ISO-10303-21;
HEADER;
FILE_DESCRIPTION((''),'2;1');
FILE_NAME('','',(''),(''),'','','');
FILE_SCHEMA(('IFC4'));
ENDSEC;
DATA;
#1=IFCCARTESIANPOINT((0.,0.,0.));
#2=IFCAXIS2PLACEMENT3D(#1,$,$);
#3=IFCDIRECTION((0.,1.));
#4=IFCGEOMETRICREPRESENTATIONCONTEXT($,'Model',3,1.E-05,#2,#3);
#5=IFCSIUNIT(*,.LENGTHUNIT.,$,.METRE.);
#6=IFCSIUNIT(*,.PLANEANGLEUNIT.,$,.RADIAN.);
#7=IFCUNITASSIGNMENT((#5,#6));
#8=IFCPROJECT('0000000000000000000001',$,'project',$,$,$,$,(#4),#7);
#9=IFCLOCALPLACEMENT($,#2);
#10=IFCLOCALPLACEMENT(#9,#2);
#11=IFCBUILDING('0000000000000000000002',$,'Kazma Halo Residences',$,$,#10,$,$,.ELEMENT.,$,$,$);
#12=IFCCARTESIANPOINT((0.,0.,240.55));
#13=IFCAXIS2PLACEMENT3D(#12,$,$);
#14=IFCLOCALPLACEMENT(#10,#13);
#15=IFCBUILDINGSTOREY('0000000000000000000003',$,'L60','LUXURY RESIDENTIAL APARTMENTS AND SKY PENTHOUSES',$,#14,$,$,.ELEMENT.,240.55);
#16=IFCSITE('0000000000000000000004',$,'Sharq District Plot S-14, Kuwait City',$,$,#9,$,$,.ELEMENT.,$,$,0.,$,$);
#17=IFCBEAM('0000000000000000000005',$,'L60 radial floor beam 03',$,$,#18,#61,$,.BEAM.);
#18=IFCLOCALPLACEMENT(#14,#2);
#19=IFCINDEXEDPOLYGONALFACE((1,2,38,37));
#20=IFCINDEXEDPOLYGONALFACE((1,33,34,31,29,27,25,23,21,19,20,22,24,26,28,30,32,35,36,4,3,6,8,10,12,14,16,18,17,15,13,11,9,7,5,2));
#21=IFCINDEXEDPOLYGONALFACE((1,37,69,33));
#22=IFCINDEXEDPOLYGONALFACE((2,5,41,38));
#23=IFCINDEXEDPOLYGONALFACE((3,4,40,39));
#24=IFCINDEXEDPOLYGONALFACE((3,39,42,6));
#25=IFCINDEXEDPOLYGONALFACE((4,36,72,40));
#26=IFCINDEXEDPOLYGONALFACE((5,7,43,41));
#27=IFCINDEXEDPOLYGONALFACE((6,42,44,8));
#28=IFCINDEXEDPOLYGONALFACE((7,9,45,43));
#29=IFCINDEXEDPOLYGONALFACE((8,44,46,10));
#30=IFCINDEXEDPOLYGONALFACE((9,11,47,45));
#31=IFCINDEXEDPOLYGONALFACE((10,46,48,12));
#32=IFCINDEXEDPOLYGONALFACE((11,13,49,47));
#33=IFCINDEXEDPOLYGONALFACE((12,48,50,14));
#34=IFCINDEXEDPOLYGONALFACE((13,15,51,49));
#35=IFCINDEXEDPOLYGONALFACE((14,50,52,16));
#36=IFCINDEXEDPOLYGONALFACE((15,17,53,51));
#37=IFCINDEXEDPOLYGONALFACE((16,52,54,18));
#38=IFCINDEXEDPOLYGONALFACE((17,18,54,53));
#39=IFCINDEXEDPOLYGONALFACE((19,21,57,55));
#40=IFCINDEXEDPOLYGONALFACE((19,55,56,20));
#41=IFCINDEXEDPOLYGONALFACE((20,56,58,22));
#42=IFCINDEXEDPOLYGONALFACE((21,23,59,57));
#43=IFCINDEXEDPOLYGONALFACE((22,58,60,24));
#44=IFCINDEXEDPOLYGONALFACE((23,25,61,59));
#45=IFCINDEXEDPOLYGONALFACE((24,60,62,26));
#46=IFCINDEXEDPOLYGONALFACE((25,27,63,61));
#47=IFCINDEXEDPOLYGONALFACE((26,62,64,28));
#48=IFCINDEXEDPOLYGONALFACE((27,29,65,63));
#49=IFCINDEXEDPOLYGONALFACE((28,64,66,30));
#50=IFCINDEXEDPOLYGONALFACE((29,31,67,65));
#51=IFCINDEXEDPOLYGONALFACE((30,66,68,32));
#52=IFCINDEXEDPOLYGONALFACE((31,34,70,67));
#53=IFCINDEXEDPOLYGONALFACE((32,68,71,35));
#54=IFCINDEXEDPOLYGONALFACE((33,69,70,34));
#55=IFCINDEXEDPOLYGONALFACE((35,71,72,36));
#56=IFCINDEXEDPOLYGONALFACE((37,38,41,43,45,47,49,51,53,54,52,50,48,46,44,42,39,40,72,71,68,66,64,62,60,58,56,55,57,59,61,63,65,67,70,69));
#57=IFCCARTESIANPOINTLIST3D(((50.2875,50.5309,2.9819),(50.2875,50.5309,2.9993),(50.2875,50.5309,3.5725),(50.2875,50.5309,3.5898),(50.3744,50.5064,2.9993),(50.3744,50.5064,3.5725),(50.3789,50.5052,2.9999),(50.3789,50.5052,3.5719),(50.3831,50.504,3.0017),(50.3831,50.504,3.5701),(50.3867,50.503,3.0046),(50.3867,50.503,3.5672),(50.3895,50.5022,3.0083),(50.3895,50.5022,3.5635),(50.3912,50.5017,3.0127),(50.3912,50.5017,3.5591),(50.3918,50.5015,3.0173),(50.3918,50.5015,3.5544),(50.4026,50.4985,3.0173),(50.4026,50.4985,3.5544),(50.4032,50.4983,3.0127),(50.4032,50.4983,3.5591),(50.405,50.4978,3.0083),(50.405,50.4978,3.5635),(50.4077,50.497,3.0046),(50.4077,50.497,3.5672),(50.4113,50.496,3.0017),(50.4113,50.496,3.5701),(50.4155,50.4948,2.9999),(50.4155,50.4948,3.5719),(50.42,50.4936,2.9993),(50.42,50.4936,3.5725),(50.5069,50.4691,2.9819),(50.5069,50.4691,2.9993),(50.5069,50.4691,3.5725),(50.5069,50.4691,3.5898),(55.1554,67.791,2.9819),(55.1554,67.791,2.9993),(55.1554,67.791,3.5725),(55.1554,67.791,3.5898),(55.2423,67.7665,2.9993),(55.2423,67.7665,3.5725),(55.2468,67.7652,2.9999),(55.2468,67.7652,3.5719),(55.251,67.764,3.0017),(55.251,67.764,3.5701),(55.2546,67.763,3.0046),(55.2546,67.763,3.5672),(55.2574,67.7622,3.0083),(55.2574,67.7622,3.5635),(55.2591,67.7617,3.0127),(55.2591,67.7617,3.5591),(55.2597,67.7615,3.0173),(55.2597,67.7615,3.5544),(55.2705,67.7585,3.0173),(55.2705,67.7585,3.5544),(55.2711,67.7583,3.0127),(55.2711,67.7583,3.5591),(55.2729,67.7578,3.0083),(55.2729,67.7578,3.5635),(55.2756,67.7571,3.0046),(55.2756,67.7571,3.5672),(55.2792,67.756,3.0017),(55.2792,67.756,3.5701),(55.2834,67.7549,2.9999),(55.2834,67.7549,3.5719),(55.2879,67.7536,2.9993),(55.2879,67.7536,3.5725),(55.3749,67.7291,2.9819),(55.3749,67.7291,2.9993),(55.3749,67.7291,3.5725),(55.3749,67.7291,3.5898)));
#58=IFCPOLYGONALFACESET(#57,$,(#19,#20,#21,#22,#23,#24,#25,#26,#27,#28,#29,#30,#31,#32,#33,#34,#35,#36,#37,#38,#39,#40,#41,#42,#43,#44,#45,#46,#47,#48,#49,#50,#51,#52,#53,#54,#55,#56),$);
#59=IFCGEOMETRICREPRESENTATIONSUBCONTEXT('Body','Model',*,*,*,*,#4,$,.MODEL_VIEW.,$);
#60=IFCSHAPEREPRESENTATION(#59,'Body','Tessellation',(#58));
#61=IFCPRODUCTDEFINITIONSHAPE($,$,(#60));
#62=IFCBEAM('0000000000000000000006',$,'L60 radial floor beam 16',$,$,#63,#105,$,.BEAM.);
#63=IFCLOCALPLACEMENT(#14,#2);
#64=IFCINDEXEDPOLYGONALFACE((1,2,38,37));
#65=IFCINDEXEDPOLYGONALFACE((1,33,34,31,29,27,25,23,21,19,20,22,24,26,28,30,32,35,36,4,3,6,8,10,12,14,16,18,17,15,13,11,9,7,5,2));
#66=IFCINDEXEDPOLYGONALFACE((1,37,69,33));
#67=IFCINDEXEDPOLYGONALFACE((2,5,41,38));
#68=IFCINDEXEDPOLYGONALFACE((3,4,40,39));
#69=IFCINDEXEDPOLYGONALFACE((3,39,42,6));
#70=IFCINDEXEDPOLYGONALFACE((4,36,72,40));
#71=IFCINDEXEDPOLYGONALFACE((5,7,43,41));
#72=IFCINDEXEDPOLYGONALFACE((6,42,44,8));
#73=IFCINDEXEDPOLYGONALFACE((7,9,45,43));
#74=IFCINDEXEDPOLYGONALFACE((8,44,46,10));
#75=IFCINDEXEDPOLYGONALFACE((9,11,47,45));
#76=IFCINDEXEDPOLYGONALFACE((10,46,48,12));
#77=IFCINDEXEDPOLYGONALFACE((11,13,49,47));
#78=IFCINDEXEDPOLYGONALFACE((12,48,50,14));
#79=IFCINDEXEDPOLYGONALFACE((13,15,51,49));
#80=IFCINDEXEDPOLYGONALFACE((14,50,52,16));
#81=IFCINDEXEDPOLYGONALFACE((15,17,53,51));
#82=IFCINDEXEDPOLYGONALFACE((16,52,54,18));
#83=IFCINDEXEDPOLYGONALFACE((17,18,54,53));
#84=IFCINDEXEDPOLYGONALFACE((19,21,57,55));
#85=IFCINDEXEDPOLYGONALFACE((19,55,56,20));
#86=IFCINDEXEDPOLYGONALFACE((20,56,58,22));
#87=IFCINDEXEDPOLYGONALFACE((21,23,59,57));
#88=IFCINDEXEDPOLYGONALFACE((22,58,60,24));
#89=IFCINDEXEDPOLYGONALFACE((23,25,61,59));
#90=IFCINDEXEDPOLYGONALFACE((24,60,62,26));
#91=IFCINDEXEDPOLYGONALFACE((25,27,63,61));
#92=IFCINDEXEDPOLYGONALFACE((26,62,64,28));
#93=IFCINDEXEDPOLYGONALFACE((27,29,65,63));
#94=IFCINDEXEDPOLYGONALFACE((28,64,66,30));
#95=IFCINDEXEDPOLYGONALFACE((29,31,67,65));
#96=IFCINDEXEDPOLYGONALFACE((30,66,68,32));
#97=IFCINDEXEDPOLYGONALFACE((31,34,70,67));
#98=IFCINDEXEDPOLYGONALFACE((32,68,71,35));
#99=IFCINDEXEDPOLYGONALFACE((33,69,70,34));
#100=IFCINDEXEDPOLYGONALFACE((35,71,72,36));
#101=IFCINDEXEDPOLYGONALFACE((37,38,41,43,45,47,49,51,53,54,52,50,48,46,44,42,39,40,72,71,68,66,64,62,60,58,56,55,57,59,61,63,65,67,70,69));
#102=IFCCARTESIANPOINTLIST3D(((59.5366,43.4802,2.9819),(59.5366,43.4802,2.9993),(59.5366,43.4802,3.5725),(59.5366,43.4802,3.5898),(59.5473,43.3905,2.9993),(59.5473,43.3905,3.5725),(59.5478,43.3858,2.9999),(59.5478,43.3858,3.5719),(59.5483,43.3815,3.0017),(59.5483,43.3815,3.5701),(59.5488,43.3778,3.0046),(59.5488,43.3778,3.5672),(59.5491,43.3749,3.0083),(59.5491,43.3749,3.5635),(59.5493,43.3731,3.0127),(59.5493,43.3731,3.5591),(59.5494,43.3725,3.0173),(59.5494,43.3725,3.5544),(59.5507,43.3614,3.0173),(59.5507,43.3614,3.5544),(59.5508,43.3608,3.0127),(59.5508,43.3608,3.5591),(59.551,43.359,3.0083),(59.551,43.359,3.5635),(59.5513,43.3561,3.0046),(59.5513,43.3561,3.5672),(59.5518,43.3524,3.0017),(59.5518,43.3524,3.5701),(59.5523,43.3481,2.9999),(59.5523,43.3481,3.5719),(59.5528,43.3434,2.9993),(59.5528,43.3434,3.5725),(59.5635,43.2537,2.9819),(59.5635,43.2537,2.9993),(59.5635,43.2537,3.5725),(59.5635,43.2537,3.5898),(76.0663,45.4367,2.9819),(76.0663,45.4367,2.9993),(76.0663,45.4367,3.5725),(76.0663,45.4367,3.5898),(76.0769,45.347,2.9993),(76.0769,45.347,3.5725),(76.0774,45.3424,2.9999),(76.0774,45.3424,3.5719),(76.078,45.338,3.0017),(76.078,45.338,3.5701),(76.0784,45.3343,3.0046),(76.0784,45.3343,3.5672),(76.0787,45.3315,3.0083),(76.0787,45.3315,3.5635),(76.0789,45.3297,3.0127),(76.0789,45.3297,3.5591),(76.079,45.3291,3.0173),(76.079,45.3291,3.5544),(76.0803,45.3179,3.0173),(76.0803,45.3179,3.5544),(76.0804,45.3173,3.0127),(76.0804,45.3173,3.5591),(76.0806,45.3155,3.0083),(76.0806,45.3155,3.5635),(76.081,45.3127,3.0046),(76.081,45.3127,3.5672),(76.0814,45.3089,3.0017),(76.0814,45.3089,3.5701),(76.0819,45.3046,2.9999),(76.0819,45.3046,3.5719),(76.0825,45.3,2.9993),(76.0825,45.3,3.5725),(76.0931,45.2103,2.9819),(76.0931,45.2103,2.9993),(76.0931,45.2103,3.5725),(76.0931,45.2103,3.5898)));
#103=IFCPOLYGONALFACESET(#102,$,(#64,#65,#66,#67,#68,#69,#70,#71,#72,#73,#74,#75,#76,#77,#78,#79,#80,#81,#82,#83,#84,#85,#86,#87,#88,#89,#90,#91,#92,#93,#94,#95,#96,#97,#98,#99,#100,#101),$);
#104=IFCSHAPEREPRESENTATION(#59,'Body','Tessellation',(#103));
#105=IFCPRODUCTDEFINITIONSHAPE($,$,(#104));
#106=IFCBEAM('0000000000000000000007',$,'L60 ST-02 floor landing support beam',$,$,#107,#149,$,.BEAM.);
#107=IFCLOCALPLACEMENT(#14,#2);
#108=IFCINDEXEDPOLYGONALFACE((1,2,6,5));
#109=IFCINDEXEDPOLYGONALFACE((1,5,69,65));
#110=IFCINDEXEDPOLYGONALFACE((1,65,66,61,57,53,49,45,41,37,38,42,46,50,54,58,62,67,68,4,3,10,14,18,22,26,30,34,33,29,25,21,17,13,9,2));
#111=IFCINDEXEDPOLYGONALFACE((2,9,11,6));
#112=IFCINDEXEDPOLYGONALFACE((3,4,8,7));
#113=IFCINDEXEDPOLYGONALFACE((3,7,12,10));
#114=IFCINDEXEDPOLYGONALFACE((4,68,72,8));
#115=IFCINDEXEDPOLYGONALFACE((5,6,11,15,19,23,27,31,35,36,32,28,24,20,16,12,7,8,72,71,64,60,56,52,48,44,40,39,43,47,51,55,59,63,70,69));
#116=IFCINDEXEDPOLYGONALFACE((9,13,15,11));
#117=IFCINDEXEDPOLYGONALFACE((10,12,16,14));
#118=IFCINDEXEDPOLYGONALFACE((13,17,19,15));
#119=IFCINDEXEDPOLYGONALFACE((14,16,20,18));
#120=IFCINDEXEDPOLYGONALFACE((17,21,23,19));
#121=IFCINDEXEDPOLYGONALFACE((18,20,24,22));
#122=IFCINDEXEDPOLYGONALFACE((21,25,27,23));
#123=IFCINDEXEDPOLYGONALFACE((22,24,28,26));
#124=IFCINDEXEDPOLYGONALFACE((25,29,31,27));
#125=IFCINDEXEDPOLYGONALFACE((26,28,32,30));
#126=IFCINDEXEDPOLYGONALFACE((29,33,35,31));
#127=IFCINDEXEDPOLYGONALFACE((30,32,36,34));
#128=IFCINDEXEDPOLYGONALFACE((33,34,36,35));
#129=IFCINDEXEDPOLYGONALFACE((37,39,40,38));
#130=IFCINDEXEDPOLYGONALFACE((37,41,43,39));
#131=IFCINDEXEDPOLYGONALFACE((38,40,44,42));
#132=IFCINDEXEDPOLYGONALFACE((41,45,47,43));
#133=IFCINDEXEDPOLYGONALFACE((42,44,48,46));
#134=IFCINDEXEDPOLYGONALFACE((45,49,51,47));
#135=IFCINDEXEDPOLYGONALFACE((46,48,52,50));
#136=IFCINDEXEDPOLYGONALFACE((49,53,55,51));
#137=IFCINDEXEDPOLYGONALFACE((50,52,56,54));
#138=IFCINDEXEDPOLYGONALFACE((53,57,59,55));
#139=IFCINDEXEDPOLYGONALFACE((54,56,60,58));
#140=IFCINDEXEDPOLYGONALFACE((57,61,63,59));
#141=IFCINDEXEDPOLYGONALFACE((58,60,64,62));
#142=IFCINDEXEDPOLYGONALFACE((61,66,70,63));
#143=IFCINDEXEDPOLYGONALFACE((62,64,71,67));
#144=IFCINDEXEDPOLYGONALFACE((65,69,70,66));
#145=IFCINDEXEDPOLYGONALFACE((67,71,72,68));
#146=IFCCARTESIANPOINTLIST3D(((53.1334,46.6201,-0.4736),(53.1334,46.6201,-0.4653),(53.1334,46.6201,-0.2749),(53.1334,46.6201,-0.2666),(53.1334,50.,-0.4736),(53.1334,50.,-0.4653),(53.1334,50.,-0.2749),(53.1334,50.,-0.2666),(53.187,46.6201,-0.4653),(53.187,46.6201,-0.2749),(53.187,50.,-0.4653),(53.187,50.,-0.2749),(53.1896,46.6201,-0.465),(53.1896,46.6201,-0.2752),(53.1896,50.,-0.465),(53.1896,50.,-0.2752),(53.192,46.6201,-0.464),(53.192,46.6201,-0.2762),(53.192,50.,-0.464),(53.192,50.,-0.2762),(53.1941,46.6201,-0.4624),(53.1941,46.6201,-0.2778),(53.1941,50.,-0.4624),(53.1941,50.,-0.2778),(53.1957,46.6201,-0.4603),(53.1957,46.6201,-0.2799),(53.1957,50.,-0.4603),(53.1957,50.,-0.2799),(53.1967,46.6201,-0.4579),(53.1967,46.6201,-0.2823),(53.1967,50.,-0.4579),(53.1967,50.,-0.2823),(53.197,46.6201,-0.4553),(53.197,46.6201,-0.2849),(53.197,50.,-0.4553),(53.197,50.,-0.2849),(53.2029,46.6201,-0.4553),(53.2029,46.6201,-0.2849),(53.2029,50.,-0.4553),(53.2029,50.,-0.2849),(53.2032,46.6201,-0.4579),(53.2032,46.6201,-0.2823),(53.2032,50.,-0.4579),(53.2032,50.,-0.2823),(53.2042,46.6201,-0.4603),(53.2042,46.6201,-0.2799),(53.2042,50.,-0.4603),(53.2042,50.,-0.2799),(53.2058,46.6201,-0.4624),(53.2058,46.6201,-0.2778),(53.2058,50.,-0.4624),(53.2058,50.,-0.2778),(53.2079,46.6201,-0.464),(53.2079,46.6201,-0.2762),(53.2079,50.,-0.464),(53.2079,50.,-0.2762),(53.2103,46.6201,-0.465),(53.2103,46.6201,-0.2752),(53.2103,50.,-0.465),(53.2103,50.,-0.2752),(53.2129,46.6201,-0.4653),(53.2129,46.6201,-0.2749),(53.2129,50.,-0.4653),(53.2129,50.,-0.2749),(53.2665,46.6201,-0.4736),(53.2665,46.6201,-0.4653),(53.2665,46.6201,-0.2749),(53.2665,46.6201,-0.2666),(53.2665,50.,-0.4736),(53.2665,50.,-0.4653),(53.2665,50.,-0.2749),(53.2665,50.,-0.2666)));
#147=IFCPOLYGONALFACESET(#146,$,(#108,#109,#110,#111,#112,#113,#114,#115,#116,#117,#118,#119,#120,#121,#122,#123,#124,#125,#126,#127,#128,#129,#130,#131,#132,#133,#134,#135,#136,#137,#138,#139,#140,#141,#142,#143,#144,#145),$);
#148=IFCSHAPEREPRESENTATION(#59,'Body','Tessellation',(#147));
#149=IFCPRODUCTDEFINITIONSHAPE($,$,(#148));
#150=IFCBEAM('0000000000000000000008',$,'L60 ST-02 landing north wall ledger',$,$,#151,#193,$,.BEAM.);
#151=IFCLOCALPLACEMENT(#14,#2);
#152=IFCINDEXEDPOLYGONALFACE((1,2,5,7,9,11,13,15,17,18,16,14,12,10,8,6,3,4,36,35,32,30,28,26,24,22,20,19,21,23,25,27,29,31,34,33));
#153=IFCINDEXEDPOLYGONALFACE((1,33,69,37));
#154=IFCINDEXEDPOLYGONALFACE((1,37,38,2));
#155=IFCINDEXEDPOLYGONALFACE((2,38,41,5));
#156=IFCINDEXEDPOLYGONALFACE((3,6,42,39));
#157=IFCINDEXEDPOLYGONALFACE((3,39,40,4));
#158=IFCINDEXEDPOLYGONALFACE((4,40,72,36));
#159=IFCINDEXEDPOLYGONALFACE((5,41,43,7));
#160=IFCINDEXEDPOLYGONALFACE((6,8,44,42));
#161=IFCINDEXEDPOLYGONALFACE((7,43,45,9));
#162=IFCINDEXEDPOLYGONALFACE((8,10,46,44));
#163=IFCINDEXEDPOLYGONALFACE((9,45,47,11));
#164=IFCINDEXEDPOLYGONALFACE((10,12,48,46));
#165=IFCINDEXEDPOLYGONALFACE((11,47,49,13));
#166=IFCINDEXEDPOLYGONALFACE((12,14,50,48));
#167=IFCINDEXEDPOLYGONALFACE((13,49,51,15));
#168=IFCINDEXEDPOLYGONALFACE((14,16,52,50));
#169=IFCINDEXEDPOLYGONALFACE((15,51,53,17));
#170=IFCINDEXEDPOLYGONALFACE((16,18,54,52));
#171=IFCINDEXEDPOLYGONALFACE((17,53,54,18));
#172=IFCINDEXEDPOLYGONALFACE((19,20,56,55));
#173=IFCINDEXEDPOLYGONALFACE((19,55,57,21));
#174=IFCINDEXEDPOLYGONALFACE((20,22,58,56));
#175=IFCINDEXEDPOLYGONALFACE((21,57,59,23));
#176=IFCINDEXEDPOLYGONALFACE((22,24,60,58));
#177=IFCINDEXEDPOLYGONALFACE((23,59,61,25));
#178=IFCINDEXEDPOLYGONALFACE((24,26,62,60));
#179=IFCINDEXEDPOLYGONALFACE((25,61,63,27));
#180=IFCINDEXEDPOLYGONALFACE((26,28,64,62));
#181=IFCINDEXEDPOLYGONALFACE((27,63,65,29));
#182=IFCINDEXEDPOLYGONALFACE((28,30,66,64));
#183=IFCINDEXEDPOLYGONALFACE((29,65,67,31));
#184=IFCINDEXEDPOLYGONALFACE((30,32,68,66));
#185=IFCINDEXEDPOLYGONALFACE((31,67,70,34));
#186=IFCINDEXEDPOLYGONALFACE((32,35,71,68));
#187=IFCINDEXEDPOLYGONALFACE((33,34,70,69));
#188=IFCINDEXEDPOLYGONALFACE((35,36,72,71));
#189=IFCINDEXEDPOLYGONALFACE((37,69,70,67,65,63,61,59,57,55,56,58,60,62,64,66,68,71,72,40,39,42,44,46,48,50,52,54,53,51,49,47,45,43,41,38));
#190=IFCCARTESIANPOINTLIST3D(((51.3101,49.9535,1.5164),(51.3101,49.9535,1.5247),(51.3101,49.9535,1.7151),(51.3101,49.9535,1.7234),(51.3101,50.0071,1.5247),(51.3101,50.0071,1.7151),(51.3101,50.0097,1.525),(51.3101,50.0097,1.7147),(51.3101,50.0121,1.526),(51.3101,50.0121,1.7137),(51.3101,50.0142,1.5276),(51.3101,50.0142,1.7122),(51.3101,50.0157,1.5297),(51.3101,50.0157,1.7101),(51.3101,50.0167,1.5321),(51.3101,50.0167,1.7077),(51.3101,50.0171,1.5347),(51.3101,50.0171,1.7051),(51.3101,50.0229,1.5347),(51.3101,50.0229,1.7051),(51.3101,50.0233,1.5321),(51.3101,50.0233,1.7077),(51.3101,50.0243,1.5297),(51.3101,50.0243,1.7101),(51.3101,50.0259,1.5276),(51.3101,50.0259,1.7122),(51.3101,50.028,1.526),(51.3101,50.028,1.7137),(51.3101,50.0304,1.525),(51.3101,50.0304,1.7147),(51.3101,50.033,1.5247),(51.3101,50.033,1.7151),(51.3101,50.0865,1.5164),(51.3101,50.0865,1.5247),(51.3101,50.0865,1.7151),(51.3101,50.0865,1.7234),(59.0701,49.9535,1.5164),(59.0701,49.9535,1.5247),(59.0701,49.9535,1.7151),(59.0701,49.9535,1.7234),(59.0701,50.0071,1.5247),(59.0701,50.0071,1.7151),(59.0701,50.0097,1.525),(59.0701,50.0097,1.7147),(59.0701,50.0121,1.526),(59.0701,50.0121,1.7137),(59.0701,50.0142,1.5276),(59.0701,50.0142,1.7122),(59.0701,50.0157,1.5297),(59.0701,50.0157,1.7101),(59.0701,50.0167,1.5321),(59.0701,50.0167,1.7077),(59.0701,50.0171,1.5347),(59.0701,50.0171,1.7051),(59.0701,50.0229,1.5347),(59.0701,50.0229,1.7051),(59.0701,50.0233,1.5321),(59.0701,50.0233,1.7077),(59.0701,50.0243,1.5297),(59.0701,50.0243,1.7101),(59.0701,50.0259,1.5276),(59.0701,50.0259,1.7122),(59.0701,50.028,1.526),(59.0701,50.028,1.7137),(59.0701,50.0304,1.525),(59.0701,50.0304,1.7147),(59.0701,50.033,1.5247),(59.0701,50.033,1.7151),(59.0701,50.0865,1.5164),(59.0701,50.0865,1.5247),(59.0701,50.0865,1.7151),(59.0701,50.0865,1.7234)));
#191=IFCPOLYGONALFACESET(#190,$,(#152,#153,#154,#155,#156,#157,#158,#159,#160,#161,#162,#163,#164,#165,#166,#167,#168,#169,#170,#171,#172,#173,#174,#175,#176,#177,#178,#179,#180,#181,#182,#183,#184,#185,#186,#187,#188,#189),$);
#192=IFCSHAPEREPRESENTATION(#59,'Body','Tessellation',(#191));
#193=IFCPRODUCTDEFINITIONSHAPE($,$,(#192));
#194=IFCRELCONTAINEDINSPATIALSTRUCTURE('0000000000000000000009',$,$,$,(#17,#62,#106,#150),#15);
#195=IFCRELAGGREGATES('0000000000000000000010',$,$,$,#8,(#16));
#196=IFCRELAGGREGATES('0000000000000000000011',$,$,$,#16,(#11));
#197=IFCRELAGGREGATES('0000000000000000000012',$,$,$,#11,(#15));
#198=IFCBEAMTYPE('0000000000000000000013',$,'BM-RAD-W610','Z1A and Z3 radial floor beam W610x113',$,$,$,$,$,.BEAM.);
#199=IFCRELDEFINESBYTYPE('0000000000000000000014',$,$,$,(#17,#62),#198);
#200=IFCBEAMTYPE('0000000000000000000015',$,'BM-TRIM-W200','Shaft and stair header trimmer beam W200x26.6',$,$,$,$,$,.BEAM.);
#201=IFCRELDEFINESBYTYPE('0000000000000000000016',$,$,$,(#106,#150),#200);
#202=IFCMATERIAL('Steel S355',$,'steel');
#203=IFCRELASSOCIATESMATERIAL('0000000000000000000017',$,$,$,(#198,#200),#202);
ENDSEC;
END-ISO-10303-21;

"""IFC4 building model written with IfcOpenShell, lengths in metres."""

from ifc_helpers import new_model, si_unit, direction, frame, origin, origin_2d, place, context, subcontext, project, spatial, i_section, extrude, material, material_profile, profile_set, type_object, element, save


model = new_model("IFC4")

# Units and contexts
model_context = context("Model", 3, precision=1e-05, world=origin(), true_north=direction((0.0, 1.0)))
body_context = subcontext(model_context, "Body", "Model", "MODEL_VIEW")
ifc_project = project(units=[si_unit("LENGTHUNIT", "METRE"), si_unit("PLANEANGLEUNIT", "RADIAN")], contexts=[model_context])

# Site, building, storey
site_placement = place(None, origin())
site = spatial("IfcSite", under=ifc_project, at=site_placement, Name="Sharq District Plot S-14, Kuwait City", CompositionType="ELEMENT", RefElevation=0.0)
building_placement = place(site_placement, origin())
building = spatial("IfcBuilding", under=site, at=building_placement, Name="Kazma Halo Residences", CompositionType="ELEMENT")
storey_placement = place(building_placement, frame((0.0, 0.0, 240.55)))
storey = spatial("IfcBuildingStorey", under=building, at=storey_placement, Name="L60", Description="LUXURY RESIDENTIAL APARTMENTS AND SKY PENTHOUSES", CompositionType="ELEMENT", Elevation=240.55)

# Shared definitions
ifc_material_1 = material(Name="Steel S355", Category="steel")

# Beams
ifc_material_profile_1 = material_profile(ifc_material_1, i_section(OverallWidth=0.228, OverallDepth=0.6079, WebThickness=0.0112, FlangeThickness=0.0173, FilletRadius=0.0181, at=origin_2d()), Name="W610x113")
ifc_profile_set_1 = profile_set([ifc_material_profile_1], Name="Steel S355")
beam_type_1 = type_object("IfcBeamType", Name="BM-RAD-W610", Description="Z1A and Z3 radial floor beam W610x113", PredefinedType="BEAM", material=ifc_profile_set_1)
beam_1_placement = place(storey_placement, frame((50.3972, 50.5, 3.2859), z_axis=(0.271445, 0.962454, 0.0), x_axis=(-0.962454, 0.271445, 0.0)))
element("IfcBeam", 1, at=beam_1_placement, inside=storey, type_object=beam_type_1, Name="L60 radial floor beam 03", PredefinedType="BEAM", context=body_context, shape_type="SweptSolid", body=[
    extrude(i_section(OverallWidth=0.228, OverallDepth=0.6079, WebThickness=0.0112, FlangeThickness=0.0173, FilletRadius=0.0181, at=origin_2d()), origin(), (0.0, 0.0, 1.0), 17.9333),
])
beam_2_placement = place(storey_placement, frame((59.55, 43.3669, 3.2859), z_axis=(0.993067, 0.117546, 0.0), x_axis=(-0.117546, 0.993067, 0.0)))
element("IfcBeam", 2, at=beam_2_placement, inside=storey, type_object=beam_type_1, Name="L60 radial floor beam 16", PredefinedType="BEAM", context=body_context, shape_type="SweptSolid", body=[
    extrude(i_section(OverallWidth=0.228, OverallDepth=0.6079, WebThickness=0.0112, FlangeThickness=0.0173, FilletRadius=0.0181, at=origin_2d()), origin(), (0.0, 0.0, 1.0), 16.645),
])
ifc_material_profile_2 = material_profile(ifc_material_1, i_section(OverallWidth=0.1331, OverallDepth=0.207, WebThickness=0.0059, FlangeThickness=0.0083, FilletRadius=0.01, at=origin_2d()), Name="W200x26.6")
ifc_profile_set_2 = profile_set([ifc_material_profile_2], Name="Steel S355")
beam_type_2 = type_object("IfcBeamType", Name="BM-TRIM-W200", Description="Shaft and stair header trimmer beam W200x26.6", PredefinedType="BEAM", material=ifc_profile_set_2)
beam_3_placement = place(storey_placement, frame((53.2, 46.6201, -0.3701), z_axis=(0.0, 1.0, 0.0), x_axis=(-1.0, 0.0, 0.0)))
element("IfcBeam", 3, at=beam_3_placement, inside=storey, type_object=beam_type_2, Name="L60 ST-02 floor landing support beam", PredefinedType="BEAM", context=body_context, shape_type="SweptSolid", body=[
    extrude(i_section(OverallWidth=0.1331, OverallDepth=0.207, WebThickness=0.0059, FlangeThickness=0.0083, FilletRadius=0.01, at=origin_2d()), origin(), (0.0, 0.0, 1.0), 3.3799),
])
beam_4_placement = place(storey_placement, frame((51.3101, 50.02, 1.6199), z_axis=(1.0, 0.0, 0.0), x_axis=(0.0, 1.0, 0.0)))
element("IfcBeam", 4, at=beam_4_placement, inside=storey, type_object=beam_type_2, Name="L60 ST-02 landing north wall ledger", PredefinedType="BEAM", context=body_context, shape_type="SweptSolid", body=[
    extrude(i_section(OverallWidth=0.1331, OverallDepth=0.207, WebThickness=0.0059, FlangeThickness=0.0083, FilletRadius=0.01, at=origin_2d()), origin(), (0.0, 0.0, 1.0), 7.76),
])

save(model, "model.ifc")
